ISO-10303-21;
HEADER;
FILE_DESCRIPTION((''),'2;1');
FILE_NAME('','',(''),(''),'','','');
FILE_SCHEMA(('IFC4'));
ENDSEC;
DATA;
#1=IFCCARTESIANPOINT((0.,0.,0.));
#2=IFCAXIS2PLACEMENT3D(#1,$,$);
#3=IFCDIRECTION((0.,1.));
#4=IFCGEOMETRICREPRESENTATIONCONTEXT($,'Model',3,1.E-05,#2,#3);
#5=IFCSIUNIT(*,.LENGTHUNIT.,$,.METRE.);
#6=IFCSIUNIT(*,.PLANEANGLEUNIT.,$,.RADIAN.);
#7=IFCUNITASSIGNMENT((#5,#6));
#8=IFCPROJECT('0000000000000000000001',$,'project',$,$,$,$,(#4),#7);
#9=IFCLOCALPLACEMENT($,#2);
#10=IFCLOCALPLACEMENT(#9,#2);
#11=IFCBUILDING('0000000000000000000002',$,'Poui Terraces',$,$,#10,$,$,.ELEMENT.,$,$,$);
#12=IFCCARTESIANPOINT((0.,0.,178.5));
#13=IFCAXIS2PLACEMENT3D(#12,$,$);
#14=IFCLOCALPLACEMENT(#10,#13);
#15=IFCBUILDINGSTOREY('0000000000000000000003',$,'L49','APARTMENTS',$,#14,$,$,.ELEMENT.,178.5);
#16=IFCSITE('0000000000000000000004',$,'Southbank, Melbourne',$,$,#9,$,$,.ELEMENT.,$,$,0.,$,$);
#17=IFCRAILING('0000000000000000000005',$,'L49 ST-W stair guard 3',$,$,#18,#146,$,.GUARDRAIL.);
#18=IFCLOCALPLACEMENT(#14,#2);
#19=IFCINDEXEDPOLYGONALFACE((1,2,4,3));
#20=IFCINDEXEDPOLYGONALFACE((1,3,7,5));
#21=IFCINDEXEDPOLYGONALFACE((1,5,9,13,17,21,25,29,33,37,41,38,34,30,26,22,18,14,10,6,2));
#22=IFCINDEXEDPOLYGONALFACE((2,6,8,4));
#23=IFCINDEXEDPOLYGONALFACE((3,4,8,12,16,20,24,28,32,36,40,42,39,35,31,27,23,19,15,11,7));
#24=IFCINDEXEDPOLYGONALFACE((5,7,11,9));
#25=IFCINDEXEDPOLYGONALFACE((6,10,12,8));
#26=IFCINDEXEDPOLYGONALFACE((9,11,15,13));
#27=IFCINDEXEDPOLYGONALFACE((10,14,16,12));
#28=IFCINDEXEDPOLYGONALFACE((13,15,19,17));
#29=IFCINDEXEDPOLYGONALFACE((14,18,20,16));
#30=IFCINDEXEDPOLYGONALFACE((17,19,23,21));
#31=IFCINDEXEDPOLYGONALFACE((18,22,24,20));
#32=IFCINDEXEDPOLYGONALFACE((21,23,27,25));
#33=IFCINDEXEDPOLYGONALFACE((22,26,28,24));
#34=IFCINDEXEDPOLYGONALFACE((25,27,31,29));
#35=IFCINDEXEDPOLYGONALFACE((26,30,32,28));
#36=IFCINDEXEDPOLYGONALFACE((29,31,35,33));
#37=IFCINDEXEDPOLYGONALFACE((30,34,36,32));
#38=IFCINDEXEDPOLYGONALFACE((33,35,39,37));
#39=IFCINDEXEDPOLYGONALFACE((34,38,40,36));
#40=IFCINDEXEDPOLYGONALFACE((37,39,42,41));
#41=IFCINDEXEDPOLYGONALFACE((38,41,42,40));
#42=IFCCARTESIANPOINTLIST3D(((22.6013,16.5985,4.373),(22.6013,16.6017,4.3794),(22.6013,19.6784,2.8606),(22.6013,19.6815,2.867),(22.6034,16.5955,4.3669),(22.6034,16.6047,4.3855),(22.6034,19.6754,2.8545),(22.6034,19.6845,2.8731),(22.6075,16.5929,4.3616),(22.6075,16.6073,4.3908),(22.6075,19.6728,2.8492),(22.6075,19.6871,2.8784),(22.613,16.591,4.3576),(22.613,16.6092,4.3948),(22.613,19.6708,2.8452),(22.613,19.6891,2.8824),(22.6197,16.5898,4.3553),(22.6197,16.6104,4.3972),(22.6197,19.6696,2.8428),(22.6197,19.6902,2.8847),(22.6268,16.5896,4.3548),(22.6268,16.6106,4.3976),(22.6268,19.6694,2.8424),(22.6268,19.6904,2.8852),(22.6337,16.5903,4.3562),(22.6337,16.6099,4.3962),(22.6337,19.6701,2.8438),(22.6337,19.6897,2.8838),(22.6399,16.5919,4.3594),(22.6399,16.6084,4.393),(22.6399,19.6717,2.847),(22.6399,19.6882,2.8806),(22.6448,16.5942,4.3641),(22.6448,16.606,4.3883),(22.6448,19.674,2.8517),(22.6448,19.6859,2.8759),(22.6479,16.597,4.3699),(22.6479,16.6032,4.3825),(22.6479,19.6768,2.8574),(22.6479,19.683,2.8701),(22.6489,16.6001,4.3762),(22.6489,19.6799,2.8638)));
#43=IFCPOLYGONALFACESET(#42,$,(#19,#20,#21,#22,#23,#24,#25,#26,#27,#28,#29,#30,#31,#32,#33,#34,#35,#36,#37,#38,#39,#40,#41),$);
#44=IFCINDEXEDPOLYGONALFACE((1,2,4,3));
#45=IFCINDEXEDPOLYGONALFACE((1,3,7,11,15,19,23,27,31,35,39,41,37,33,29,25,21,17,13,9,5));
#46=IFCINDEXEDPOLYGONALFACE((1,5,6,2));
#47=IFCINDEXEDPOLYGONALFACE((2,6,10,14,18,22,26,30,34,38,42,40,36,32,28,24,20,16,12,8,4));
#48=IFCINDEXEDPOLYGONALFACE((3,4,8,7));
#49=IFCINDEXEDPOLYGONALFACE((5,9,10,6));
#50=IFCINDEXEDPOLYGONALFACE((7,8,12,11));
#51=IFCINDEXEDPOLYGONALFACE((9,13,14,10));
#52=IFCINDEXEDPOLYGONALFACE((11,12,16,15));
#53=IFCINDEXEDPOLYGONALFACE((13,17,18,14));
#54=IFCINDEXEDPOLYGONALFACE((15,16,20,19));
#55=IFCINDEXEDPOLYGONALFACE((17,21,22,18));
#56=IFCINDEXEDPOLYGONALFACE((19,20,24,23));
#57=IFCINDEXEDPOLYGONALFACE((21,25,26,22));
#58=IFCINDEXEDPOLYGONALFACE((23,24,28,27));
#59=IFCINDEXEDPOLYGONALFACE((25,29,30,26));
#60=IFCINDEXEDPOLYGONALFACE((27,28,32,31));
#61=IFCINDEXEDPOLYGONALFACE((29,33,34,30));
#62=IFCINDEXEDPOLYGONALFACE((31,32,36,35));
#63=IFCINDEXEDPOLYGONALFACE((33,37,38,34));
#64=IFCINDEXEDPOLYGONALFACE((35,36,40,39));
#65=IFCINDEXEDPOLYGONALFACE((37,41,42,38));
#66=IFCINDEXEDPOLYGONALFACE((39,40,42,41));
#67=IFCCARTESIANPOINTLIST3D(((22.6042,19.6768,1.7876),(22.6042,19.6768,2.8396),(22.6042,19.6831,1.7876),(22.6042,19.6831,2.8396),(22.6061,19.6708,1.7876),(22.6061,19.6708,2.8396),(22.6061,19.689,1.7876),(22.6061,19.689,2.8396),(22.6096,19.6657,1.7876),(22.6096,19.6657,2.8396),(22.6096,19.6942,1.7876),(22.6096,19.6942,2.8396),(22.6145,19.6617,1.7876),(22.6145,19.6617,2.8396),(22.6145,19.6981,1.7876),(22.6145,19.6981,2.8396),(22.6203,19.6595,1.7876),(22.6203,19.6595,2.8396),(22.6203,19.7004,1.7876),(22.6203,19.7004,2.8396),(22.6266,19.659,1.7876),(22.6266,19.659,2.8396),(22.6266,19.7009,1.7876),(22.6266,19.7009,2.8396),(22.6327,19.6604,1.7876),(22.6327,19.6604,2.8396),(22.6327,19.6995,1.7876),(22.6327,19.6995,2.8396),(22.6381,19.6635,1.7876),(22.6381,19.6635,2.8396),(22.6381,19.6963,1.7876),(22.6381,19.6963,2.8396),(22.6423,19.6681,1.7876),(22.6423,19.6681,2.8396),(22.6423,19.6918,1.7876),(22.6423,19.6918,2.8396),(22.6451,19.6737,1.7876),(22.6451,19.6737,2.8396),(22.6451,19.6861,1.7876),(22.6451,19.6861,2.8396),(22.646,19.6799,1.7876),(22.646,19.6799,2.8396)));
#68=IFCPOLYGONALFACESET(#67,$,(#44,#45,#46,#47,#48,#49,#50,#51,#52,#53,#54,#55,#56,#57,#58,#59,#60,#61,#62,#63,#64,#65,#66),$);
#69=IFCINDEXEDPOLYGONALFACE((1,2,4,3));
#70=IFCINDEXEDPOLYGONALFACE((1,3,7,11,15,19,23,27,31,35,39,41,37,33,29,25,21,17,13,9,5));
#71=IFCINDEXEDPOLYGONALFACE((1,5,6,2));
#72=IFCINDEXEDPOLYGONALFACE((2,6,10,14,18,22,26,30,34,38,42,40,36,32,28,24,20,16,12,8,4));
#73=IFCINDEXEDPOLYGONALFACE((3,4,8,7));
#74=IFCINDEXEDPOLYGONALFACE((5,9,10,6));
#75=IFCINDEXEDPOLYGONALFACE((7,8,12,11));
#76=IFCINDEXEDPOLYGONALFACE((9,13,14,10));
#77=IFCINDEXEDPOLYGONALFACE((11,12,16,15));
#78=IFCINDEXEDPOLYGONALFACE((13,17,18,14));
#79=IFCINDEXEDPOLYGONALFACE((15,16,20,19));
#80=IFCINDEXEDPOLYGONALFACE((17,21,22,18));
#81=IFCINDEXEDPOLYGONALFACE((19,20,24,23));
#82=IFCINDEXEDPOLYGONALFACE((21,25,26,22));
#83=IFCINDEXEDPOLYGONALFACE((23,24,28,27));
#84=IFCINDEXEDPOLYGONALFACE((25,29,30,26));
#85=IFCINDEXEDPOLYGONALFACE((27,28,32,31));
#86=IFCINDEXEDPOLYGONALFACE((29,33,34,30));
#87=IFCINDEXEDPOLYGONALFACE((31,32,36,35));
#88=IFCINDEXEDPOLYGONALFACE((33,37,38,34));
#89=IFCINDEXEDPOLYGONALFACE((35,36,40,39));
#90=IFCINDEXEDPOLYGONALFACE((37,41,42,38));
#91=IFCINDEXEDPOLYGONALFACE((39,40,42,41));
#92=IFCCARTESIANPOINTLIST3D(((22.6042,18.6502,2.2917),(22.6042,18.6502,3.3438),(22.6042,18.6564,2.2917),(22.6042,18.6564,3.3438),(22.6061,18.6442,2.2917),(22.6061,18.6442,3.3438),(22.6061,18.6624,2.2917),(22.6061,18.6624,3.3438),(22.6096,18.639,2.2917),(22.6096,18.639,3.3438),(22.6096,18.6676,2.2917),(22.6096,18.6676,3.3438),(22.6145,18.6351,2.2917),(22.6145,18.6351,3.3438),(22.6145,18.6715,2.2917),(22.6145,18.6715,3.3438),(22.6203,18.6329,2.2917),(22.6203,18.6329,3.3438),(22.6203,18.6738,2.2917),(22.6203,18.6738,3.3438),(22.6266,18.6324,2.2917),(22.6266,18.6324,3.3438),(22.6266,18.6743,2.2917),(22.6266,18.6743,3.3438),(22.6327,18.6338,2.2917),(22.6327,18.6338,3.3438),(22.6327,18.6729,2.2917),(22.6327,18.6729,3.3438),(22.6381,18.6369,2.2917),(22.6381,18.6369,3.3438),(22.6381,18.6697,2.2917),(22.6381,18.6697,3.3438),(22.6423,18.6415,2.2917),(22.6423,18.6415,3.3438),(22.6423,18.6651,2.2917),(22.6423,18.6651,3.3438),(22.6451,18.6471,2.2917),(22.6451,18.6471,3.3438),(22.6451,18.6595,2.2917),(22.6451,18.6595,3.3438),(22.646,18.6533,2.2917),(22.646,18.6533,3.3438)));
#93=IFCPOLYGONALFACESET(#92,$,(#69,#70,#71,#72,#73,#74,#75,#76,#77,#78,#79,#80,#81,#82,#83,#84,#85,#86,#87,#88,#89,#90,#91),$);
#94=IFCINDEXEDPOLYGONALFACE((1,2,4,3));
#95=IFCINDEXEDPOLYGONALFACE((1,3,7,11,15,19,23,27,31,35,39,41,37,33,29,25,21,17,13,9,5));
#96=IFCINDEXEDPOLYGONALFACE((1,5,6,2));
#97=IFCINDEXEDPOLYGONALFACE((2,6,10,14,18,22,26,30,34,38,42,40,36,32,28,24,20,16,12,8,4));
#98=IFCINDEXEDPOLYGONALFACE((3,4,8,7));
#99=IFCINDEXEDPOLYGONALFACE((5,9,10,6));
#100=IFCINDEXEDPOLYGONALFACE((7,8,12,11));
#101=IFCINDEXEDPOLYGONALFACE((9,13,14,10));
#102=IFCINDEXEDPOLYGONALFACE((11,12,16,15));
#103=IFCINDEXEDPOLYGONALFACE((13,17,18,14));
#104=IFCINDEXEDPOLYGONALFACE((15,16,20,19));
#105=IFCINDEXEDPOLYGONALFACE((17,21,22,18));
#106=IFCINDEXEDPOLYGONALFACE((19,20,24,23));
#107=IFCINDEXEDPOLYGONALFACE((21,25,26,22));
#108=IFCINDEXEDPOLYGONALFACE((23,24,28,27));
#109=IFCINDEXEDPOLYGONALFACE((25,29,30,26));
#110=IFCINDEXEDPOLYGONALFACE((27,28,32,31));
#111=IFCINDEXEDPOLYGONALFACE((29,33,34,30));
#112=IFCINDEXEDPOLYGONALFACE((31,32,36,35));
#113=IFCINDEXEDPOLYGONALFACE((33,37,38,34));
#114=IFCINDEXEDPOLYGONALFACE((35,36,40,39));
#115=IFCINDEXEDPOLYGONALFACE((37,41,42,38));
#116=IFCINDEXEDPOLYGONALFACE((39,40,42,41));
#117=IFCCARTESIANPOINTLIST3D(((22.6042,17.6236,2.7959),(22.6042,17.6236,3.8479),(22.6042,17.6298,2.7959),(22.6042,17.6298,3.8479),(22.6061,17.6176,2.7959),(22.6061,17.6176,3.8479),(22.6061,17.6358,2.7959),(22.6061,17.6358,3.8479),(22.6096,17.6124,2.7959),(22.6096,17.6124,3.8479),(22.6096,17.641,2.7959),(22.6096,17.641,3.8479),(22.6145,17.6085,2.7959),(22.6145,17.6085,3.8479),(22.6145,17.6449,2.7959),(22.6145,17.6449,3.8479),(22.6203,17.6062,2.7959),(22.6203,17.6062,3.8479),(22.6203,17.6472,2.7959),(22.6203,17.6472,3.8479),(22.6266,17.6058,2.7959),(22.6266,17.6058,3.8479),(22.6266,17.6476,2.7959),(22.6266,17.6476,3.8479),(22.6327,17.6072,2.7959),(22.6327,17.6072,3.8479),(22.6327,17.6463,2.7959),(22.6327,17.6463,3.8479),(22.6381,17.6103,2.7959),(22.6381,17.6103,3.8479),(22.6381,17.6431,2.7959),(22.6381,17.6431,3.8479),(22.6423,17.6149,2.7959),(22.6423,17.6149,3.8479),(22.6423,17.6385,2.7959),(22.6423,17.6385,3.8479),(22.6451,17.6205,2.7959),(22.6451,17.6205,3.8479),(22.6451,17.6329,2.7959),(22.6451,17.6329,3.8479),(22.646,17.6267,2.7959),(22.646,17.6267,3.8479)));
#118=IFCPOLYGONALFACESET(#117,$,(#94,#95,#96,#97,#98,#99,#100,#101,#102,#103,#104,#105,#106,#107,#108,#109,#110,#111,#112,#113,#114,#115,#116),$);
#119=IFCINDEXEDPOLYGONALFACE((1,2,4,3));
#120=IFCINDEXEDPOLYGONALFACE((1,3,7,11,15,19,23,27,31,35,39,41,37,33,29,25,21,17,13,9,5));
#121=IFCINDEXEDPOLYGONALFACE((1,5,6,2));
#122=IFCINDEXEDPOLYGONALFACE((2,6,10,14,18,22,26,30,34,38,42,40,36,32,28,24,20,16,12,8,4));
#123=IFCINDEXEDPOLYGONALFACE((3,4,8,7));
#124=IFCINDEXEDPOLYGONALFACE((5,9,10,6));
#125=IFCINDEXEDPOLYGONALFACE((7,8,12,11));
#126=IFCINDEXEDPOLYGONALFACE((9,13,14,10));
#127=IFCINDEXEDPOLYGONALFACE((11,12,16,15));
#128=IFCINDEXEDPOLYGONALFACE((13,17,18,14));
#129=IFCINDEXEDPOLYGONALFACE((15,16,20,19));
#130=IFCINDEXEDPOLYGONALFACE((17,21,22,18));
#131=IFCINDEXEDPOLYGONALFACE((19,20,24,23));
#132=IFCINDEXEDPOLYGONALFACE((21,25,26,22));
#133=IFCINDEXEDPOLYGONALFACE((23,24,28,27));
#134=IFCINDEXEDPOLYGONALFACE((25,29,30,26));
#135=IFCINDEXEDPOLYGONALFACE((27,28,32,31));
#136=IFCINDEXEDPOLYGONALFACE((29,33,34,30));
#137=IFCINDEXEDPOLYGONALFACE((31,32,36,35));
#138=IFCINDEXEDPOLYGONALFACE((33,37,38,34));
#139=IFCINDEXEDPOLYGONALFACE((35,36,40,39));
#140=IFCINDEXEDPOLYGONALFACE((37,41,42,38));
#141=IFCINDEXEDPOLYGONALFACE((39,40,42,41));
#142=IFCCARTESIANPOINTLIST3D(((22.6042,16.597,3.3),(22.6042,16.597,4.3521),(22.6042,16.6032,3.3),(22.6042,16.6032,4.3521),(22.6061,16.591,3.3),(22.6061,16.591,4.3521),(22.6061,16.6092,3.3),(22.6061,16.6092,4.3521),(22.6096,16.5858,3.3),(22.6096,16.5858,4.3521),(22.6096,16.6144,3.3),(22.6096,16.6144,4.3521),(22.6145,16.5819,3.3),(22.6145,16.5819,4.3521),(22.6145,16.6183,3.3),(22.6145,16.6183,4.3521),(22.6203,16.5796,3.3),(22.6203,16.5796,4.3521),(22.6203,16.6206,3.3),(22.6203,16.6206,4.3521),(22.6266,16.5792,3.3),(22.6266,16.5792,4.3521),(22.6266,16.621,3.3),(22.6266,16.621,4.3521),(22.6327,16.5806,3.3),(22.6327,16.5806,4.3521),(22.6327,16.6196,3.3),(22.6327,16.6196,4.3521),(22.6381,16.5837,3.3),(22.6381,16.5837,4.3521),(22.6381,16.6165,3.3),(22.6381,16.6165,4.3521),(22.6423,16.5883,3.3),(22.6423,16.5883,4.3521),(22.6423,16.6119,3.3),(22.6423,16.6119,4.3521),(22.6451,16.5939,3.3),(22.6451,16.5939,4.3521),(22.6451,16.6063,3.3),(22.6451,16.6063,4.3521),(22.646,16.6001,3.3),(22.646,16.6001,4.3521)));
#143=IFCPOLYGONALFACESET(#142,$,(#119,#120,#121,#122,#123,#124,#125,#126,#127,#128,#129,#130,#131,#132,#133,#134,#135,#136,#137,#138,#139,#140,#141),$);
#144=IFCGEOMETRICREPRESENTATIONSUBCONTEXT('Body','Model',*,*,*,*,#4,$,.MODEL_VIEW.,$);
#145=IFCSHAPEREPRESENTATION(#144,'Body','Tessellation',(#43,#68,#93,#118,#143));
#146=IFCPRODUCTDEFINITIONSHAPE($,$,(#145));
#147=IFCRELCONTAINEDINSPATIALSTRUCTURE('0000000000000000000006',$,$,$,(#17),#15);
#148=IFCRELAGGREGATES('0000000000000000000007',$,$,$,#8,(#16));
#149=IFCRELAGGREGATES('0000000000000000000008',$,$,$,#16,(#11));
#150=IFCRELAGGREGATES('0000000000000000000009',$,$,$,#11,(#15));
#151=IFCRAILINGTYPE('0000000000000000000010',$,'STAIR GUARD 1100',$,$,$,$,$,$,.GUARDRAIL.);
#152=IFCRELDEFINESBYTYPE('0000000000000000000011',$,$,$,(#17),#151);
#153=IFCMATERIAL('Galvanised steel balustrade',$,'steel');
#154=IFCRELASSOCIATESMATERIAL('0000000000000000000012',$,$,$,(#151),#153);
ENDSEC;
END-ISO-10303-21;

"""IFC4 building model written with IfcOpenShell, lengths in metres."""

from ifc_helpers import new_model, si_unit, direction, frame, origin, origin_2d, place, context, subcontext, project, spatial, circle, extrude, material, type_object, element, save


model = new_model("IFC4")

# Units and contexts
model_context = context("Model", 3, precision=1e-05, world=origin(), true_north=direction((0.0, 1.0)))
body_context = subcontext(model_context, "Body", "Model", "MODEL_VIEW")
ifc_project = project(units=[si_unit("LENGTHUNIT", "METRE"), si_unit("PLANEANGLEUNIT", "RADIAN")], contexts=[model_context])

# Site, building, storey
site_placement = place(None, origin())
site = spatial("IfcSite", under=ifc_project, at=site_placement, Name="Southbank, Melbourne", CompositionType="ELEMENT", RefElevation=0.0)
building_placement = place(site_placement, origin())
building = spatial("IfcBuilding", under=site, at=building_placement, Name="Poui Terraces", CompositionType="ELEMENT")
storey_placement = place(building_placement, frame((0.0, 0.0, 178.5)))
storey = spatial("IfcBuildingStorey", under=building, at=storey_placement, Name="L49", Description="APARTMENTS", CompositionType="ELEMENT", Elevation=178.5)

# Railing
ifc_material_1 = material(Name="Galvanised steel balustrade", Category="steel")
railing_type_1 = type_object("IfcRailingType", Name="STAIR GUARD 1100", PredefinedType="GUARDRAIL", material=ifc_material_1)
railing_1_placement = place(storey_placement, frame((22.625, 19.6799, 1.7876)))
element("IfcRailing", 1, at=railing_1_placement, inside=storey, type_object=railing_type_1, Name="L49 ST-W stair guard 3", PredefinedType="GUARDRAIL", context=body_context, shape_type="SweptSolid", body=[
    extrude(circle(Radius=0.0239, at=origin_2d()), frame((0.0, 0.0, 1.0762), z_axis=(0.0, -0.897606, 0.440798), x_axis=(1.0, 0.0, 0.0)), (0.0, 0.0, 1.0), 3.4312),
    extrude(circle(Radius=0.021, at=origin_2d()), origin(), (0.0, 0.0, 1.0), 1.052),
    extrude(circle(Radius=0.021, at=origin_2d()), frame((0.0, -1.0266, 0.5042)), (0.0, 0.0, 1.0), 1.052),
    extrude(circle(Radius=0.021, at=origin_2d()), frame((0.0, -2.0532, 1.0083)), (0.0, 0.0, 1.0), 1.052),
    extrude(circle(Radius=0.021, at=origin_2d()), frame((0.0, -3.0798, 1.5125)), (0.0, 0.0, 1.0), 1.052),
])

save(model, "model.ifc")
